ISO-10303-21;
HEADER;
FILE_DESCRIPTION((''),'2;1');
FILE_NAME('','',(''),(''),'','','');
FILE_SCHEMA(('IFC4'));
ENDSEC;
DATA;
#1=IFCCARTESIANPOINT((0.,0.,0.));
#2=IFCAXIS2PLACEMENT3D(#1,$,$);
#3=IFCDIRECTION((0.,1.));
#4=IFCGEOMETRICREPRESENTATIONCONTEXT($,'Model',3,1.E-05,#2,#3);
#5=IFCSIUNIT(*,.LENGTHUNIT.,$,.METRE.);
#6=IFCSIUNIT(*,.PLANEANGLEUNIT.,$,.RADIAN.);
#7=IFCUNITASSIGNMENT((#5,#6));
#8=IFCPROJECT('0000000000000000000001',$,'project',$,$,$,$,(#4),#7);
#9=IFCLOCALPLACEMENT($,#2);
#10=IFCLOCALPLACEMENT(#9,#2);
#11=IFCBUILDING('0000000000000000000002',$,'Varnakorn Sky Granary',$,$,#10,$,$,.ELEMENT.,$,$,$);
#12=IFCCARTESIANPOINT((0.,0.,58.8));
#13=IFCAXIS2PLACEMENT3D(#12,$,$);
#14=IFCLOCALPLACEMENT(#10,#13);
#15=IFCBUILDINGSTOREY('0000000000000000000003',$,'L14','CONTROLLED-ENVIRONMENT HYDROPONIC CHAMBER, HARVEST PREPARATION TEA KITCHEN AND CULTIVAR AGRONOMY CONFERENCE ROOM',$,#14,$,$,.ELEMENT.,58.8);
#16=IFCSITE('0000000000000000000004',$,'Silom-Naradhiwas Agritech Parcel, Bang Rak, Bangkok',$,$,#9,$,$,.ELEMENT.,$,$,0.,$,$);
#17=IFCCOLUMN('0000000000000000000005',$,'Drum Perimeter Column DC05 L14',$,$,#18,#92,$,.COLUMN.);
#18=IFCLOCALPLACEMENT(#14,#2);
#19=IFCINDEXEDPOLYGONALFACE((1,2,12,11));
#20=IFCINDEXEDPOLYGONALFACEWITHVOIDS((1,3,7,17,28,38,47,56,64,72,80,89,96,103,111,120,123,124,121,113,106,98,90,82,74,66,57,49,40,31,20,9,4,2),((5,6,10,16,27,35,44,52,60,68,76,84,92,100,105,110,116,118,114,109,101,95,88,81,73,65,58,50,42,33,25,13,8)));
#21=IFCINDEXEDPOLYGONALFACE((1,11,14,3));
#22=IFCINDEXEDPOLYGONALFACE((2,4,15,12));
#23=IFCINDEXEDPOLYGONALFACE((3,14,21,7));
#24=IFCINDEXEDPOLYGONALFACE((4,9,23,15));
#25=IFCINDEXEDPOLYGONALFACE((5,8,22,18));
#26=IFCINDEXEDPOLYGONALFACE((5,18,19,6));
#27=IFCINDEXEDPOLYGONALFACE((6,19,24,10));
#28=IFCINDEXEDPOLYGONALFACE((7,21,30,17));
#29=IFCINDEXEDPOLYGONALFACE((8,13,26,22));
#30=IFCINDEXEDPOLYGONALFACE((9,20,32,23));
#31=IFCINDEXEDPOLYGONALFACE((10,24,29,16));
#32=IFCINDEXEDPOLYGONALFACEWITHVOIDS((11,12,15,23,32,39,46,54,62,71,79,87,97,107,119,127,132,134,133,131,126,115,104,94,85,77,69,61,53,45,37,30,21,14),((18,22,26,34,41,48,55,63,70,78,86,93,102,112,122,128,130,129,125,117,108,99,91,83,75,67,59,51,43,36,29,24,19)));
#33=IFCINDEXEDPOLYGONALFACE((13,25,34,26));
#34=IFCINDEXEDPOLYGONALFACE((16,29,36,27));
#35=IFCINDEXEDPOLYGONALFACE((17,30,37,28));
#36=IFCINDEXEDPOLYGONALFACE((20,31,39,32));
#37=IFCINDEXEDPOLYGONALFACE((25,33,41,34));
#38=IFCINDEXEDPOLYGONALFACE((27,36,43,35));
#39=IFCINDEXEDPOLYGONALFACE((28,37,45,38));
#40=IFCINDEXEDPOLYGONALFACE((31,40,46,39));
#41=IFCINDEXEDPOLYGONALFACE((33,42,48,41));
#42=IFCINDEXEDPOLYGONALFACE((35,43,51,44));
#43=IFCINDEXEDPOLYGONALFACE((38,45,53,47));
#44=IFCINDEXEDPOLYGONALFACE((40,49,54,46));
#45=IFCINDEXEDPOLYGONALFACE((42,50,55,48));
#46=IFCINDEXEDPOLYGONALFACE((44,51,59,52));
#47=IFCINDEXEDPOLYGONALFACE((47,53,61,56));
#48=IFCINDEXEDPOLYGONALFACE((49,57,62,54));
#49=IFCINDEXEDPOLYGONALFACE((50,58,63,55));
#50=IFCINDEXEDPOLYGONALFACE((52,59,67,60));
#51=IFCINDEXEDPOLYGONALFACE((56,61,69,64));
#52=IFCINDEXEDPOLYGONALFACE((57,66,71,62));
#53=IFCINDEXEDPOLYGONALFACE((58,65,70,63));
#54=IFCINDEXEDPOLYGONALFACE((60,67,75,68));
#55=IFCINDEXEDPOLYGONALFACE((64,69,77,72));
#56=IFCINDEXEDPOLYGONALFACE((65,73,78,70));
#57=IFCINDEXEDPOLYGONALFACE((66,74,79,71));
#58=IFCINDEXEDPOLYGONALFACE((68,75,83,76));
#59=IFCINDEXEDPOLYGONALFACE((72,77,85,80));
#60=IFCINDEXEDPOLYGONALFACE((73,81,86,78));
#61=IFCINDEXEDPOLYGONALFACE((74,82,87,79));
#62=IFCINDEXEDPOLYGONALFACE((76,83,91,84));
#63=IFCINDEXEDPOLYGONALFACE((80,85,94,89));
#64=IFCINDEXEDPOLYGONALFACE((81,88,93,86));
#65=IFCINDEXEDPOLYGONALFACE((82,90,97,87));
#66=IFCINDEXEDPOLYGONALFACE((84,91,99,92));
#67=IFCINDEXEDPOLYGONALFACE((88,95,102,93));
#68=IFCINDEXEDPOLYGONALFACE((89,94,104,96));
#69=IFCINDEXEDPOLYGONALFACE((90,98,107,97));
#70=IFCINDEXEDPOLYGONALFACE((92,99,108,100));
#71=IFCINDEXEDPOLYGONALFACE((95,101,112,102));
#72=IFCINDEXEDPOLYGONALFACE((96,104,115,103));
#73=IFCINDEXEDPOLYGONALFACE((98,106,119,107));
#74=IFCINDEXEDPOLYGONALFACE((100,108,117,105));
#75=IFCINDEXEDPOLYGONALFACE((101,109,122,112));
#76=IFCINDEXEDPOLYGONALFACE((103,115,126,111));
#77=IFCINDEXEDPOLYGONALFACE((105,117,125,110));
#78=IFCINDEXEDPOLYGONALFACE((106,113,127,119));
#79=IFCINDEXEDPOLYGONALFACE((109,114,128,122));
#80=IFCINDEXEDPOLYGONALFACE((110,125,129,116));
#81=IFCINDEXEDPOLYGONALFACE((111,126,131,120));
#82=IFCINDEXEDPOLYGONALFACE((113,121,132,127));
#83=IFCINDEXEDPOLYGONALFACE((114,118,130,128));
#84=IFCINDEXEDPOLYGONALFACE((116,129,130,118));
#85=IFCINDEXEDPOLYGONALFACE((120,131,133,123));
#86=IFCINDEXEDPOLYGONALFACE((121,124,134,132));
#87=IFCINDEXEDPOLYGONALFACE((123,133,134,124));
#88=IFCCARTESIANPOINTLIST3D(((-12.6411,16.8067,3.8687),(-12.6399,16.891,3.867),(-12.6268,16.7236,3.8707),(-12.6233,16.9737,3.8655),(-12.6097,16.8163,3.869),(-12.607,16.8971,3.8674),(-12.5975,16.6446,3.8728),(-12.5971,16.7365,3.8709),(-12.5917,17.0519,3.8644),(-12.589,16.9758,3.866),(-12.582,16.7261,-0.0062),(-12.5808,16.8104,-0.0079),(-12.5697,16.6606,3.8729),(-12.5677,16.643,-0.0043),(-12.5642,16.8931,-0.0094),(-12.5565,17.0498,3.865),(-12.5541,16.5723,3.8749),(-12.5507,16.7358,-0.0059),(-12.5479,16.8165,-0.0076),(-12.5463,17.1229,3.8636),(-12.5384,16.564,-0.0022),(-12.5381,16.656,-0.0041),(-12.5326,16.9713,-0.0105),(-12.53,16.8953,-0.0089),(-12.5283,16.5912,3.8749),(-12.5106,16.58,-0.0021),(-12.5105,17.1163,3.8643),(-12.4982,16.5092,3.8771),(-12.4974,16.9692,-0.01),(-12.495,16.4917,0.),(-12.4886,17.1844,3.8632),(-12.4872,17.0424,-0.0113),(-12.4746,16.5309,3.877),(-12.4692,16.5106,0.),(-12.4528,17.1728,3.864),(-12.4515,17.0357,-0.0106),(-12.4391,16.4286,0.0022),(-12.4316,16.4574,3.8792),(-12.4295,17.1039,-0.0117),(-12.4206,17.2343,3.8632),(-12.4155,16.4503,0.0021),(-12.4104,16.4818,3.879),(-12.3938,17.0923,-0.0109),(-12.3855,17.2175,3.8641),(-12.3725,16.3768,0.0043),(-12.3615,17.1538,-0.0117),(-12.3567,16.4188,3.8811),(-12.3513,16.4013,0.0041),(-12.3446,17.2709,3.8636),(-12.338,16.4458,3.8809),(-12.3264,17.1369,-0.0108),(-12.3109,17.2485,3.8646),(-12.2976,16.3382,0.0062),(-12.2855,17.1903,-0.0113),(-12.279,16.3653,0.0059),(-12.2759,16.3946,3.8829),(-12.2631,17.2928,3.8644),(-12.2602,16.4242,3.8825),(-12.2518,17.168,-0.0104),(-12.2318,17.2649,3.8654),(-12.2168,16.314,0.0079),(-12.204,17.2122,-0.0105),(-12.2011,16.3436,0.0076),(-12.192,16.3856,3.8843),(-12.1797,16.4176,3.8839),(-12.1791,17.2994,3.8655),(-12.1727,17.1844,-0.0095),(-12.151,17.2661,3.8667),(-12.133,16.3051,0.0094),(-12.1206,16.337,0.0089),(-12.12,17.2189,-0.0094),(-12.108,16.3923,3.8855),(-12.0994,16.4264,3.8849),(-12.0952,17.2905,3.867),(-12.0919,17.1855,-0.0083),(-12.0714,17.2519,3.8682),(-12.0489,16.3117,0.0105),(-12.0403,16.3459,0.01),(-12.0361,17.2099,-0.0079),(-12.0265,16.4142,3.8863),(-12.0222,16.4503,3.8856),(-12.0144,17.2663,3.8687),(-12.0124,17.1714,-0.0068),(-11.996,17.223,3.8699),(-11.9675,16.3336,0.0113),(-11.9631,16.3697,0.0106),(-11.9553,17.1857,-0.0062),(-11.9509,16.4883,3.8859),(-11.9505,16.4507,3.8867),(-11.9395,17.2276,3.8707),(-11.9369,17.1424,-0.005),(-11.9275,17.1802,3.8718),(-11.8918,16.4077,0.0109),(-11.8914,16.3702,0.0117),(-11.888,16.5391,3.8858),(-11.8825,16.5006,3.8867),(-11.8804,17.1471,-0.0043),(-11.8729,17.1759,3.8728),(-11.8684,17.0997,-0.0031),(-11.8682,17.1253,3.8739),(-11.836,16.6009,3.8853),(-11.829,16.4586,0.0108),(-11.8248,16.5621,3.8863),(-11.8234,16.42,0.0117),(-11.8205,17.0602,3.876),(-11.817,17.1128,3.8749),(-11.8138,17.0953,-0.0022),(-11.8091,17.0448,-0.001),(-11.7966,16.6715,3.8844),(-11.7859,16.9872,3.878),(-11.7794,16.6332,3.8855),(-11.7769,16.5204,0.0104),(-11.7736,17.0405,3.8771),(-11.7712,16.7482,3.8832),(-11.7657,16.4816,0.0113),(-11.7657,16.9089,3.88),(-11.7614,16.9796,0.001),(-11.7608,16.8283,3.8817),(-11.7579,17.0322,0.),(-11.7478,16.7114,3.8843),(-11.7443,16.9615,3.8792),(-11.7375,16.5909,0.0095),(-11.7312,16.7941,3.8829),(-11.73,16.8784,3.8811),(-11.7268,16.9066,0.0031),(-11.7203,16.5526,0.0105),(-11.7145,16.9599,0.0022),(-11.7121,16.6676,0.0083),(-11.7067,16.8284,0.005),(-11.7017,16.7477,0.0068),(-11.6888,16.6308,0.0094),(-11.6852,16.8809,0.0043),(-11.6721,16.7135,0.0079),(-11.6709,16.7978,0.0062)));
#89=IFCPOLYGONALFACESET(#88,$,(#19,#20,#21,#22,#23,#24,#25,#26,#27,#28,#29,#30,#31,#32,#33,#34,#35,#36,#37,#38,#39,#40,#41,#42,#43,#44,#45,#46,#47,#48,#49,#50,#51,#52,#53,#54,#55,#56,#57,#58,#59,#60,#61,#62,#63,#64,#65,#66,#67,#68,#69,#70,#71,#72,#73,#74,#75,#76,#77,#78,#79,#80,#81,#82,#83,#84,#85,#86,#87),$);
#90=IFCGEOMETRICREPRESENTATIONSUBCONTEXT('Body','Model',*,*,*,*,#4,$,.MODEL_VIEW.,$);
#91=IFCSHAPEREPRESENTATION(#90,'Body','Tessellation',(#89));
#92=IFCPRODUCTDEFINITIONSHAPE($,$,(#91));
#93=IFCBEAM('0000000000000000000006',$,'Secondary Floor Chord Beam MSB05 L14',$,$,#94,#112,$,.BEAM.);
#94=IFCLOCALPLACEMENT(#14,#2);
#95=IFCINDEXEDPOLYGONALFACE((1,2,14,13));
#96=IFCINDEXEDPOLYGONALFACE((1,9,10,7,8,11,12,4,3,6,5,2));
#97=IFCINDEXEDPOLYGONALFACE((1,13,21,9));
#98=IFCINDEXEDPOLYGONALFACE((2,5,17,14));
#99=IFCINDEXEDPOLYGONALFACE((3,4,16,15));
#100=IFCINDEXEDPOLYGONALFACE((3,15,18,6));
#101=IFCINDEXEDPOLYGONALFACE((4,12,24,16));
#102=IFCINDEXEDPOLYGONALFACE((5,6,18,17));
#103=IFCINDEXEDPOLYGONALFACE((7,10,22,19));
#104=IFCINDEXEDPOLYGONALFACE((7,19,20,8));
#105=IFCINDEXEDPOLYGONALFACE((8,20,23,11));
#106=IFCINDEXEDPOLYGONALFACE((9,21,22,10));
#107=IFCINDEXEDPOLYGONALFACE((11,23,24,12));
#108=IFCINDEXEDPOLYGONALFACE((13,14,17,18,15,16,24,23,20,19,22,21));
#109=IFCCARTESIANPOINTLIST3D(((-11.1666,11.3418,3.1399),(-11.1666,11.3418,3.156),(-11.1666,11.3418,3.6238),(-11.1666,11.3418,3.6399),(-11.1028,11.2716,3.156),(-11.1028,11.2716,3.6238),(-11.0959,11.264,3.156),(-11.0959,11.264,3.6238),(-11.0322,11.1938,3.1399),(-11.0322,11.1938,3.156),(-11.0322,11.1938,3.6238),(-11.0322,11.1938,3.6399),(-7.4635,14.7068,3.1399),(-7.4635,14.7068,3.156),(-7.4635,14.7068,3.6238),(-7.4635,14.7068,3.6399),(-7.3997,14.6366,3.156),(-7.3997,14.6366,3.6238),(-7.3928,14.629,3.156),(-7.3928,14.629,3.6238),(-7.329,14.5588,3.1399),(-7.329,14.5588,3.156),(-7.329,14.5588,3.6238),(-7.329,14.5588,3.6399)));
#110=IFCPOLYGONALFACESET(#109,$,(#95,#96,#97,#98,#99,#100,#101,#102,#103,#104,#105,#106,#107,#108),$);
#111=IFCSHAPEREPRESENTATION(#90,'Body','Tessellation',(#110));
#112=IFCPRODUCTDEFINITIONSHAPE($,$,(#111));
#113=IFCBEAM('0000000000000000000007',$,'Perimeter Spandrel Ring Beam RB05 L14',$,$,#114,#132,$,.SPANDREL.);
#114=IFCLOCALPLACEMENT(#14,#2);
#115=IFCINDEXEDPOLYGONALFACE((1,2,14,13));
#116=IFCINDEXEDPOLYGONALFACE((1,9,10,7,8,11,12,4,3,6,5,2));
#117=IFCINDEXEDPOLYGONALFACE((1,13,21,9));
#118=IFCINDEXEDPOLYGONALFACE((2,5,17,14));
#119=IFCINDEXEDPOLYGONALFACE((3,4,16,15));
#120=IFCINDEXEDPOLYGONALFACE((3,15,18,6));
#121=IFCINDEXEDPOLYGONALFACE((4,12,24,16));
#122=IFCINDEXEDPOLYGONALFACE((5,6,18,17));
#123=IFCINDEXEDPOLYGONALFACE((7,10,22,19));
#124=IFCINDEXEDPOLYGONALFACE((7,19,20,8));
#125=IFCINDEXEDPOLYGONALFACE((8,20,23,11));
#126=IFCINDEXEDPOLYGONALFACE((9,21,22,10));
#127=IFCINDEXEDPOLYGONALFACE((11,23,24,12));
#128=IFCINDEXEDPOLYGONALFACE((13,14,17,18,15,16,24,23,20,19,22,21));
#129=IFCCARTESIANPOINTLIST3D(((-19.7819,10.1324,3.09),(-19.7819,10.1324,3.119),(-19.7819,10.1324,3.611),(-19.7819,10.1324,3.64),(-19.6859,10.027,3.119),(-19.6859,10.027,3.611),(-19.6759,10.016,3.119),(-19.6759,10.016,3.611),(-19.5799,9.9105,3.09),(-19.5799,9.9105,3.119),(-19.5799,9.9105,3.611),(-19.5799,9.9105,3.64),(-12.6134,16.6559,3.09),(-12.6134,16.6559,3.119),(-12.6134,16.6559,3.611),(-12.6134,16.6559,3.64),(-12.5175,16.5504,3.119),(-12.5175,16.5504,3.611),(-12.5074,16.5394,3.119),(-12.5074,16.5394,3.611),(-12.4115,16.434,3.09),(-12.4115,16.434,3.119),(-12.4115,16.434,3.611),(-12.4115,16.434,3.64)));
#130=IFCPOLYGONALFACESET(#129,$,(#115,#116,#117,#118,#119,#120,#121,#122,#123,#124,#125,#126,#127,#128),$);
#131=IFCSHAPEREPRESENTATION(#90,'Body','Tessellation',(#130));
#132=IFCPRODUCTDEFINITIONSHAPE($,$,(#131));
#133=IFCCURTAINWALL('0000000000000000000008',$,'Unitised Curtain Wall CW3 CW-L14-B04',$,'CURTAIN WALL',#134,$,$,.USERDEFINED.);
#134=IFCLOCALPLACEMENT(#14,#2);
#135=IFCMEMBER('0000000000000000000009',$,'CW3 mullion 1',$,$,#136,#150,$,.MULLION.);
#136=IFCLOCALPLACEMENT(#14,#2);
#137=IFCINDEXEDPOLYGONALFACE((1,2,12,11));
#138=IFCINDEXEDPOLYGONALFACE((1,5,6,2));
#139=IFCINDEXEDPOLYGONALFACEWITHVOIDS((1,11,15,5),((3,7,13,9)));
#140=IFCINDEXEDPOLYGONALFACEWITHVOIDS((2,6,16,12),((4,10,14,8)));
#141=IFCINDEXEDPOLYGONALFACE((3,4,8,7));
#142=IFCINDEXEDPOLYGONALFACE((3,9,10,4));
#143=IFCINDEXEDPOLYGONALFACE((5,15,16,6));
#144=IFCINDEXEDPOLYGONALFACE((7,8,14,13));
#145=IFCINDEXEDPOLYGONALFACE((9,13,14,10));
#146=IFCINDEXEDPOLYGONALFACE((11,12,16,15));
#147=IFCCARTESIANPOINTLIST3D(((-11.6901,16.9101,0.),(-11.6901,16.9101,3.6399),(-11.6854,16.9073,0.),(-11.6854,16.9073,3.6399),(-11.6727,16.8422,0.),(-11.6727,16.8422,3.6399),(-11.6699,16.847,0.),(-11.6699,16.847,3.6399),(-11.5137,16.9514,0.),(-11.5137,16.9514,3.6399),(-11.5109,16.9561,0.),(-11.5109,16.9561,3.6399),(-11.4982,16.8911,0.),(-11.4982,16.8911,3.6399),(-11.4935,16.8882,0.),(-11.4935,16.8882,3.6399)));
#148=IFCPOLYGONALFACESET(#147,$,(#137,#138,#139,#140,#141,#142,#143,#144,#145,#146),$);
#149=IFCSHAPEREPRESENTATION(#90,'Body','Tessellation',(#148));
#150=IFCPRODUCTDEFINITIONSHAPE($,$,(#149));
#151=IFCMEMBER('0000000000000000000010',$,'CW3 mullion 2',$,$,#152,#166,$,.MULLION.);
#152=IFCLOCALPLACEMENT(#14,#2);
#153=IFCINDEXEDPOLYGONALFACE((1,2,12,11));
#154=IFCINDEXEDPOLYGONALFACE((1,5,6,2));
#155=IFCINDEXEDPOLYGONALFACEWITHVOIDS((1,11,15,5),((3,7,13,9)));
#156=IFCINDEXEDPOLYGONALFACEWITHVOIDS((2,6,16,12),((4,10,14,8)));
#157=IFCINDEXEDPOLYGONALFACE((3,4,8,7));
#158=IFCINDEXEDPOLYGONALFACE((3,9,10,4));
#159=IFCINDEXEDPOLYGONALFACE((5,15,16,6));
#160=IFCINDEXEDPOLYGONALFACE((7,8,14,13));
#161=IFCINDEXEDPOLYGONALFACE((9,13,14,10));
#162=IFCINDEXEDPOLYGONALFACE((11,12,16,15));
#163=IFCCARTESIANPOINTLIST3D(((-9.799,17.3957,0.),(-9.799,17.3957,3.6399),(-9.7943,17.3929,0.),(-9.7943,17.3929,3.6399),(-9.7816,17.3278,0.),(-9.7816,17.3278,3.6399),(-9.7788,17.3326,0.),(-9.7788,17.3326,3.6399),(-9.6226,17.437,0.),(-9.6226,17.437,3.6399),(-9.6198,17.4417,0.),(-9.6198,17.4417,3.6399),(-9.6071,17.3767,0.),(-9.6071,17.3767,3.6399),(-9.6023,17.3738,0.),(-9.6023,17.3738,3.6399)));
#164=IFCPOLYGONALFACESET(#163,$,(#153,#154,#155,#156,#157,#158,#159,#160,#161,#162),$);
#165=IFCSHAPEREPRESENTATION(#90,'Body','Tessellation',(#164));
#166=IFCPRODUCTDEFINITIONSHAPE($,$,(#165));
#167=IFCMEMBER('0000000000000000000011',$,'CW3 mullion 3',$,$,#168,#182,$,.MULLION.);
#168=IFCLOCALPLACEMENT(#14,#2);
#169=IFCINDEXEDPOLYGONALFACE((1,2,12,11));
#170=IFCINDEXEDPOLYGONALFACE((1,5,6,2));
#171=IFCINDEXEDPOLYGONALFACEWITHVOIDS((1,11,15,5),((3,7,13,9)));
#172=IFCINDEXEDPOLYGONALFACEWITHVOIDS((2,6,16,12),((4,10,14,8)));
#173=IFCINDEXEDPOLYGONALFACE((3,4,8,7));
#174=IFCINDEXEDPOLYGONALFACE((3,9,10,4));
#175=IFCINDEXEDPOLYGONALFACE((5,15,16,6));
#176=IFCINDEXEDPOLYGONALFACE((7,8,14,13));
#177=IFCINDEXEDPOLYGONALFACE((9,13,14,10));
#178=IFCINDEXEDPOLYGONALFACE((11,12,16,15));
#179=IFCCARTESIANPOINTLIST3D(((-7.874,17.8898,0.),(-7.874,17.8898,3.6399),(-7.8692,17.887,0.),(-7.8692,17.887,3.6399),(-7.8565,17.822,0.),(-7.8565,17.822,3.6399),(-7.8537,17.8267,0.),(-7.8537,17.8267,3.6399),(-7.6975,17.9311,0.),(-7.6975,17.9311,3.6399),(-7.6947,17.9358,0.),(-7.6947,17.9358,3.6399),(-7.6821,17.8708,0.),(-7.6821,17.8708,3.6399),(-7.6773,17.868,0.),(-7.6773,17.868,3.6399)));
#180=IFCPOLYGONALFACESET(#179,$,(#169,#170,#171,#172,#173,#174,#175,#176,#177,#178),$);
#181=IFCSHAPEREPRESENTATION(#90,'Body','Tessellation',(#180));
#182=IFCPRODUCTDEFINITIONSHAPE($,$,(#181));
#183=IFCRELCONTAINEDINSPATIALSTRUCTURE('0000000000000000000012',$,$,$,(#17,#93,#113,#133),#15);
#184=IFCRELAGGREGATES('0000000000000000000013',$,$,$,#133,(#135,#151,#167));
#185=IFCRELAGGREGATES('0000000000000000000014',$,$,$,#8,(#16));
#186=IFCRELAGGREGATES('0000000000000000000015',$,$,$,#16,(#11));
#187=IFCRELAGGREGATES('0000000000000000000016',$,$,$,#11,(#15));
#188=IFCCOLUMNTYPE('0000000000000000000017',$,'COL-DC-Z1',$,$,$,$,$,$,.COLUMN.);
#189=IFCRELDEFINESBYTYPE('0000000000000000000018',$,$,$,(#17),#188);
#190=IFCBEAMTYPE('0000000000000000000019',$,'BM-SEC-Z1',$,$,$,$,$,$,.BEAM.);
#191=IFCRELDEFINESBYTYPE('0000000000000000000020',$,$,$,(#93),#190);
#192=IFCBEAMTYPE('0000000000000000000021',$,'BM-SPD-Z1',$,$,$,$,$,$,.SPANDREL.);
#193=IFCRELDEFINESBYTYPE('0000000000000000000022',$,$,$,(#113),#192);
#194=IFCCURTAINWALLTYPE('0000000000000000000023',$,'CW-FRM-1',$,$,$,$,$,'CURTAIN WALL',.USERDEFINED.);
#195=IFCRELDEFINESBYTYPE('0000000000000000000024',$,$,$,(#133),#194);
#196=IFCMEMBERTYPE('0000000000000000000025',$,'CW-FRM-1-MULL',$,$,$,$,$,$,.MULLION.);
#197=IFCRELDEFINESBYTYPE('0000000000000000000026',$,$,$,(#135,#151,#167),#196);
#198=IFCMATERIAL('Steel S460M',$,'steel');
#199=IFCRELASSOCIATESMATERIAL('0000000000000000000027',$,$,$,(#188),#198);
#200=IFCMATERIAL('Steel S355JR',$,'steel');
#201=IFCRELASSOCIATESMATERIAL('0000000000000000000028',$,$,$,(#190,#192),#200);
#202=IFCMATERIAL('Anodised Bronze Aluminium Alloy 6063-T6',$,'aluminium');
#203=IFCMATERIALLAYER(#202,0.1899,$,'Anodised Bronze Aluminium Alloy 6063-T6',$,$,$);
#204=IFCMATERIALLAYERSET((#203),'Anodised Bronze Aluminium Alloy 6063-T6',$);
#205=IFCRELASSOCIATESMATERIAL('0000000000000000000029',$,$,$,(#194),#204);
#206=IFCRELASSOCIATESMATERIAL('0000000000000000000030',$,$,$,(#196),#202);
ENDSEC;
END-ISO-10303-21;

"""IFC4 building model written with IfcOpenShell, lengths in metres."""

from ifc_helpers import new_model, si_unit, direction, frame, origin, origin_2d, place, context, subcontext, project, spatial, hollow_rectangle, hollow_circle, i_section, extrude, material, layer, layer_set, material_profile, profile_set, type_object, element, aggregate, save


model = new_model("IFC4")

# Units and contexts
model_context = context("Model", 3, precision=1e-05, world=origin(), true_north=direction((0.0, 1.0)))
body_context = subcontext(model_context, "Body", "Model", "MODEL_VIEW")
ifc_project = project(units=[si_unit("LENGTHUNIT", "METRE"), si_unit("PLANEANGLEUNIT", "RADIAN")], contexts=[model_context])

# Site, building, storey
site_placement = place(None, origin())
site = spatial("IfcSite", under=ifc_project, at=site_placement, Name="Silom-Naradhiwas Agritech Parcel, Bang Rak, Bangkok", CompositionType="ELEMENT", RefElevation=0.0)
building_placement = place(site_placement, origin())
building = spatial("IfcBuilding", under=site, at=building_placement, Name="Varnakorn Sky Granary", CompositionType="ELEMENT")
storey_placement = place(building_placement, frame((0.0, 0.0, 58.8)))
storey = spatial("IfcBuildingStorey", under=building, at=storey_placement, Name="L14", Description="CONTROLLED-ENVIRONMENT HYDROPONIC CHAMBER, HARVEST PREPARATION TEA KITCHEN AND CULTIVAR AGRONOMY CONFERENCE ROOM", CompositionType="ELEMENT", Elevation=58.8)

# Column
ifc_material_1 = material(Name="Steel S460M", Category="steel")
ifc_material_profile_1 = material_profile(ifc_material_1, hollow_circle(Radius=0.457, WallThickness=0.032, at=origin_2d()), Name="CHS 914x32")
ifc_profile_set_1 = profile_set([ifc_material_profile_1], Name="Steel S460M")
column_type = type_object("IfcColumnType", Name="COL-DC-Z1", PredefinedType="COLUMN", material=ifc_profile_set_1)
column_placement = place(storey_placement, frame((-12.1265, 16.762, 0.0), z_axis=(-0.015242, 0.020784, 0.999668), x_axis=(-0.806405, -0.591364, 0.0)))
element("IfcColumn", 1, at=column_placement, inside=storey, type_object=column_type, Name="Drum Perimeter Column DC05 L14", PredefinedType="COLUMN", context=body_context, shape_type="SweptSolid", body=[
    extrude(hollow_circle(Radius=0.457, WallThickness=0.032, at=origin_2d()), origin(), (0.0, 0.0, 1.0), 3.8762),
])

# Beams
ifc_material_2 = material(Name="Steel S355JR", Category="steel")
ifc_material_profile_2 = material_profile(ifc_material_2, i_section(OverallWidth=0.2, OverallDepth=0.5, WebThickness=0.0103, FlangeThickness=0.0161, at=origin_2d()), Name="IPE 500")
ifc_profile_set_2 = profile_set([ifc_material_profile_2], Name="Steel S355JR")
beam_type_1 = type_object("IfcBeamType", Name="BM-SEC-Z1", PredefinedType="BEAM", material=ifc_profile_set_2)
beam_1_placement = place(storey_placement, frame((-7.3962, 14.6328, 3.3899), z_axis=(-0.740088, -0.67251, 0.0), x_axis=(0.67251, -0.740088, 0.0)))
element("IfcBeam", 2, at=beam_1_placement, inside=storey, type_object=beam_type_1, Name="Secondary Floor Chord Beam MSB05 L14", PredefinedType="BEAM", context=body_context, shape_type="SweptSolid", body=[
    extrude(i_section(OverallWidth=0.2, OverallDepth=0.5, WebThickness=0.0103, FlangeThickness=0.0161, at=origin_2d()), origin(), (0.0, 0.0, 1.0), 5.0037),
])
ifc_material_profile_3 = material_profile(ifc_material_2, i_section(OverallWidth=0.3, OverallDepth=0.55, WebThickness=0.0149, FlangeThickness=0.0291, at=origin_2d()), Name="HE 550 B")
ifc_profile_set_3 = profile_set([ifc_material_profile_3], Name="Steel S355JR")
beam_type_2 = type_object("IfcBeamType", Name="BM-SPD-Z1", PredefinedType="SPANDREL", material=ifc_profile_set_3)
beam_2_placement = place(storey_placement, frame((-12.5125, 16.5449, 3.365), z_axis=(-0.739598, -0.673049, 0.0), x_axis=(0.673049, -0.739598, 0.0)))
element("IfcBeam", 3, at=beam_2_placement, inside=storey, type_object=beam_type_2, Name="Perimeter Spandrel Ring Beam RB05 L14", PredefinedType="SPANDREL", context=body_context, shape_type="SweptSolid", body=[
    extrude(i_section(OverallWidth=0.3, OverallDepth=0.55, WebThickness=0.0149, FlangeThickness=0.0291, at=origin_2d()), origin(), (0.0, 0.0, 1.0), 9.6924),
])

# Curtain wall, members
ifc_material_3 = material(Name="Anodised Bronze Aluminium Alloy 6063-T6", Category="aluminium")
ifc_layer_1 = layer(ifc_material_3, 0.1899, Name="Anodised Bronze Aluminium Alloy 6063-T6")
ifc_layer_set_1 = layer_set([ifc_layer_1], Name="Anodised Bronze Aluminium Alloy 6063-T6")
curtain_wall_type = type_object("IfcCurtainWallType", Name="CW-FRM-1", ElementType="CURTAIN WALL", PredefinedType="USERDEFINED", material=ifc_layer_set_1)
curtain_wall_1_placement = place(storey_placement, origin())
curtain_wall_1 = element("IfcCurtainWall", 4, at=curtain_wall_1_placement, inside=storey, type_object=curtain_wall_type, Name="Unitised Curtain Wall CW3 CW-L14-B04", ObjectType="CURTAIN WALL", PredefinedType="USERDEFINED")
ifc_material_profile_4 = material_profile(ifc_material_3, hollow_rectangle(XDim=0.0701, YDim=0.1851, WallThickness=0.0039, at=origin_2d()), Name="ALU MULL 70x185")
ifc_profile_set_4 = profile_set([ifc_material_profile_4], Name="Anodised Bronze Aluminium Alloy 6063-T6")
member_type_1 = type_object("IfcMemberType", Name="CW-FRM-1-MULL", PredefinedType="MULLION", material=ifc_profile_set_4)
member_1_placement = place(storey_placement, frame((-11.5918, 16.8992, 0.0), z_axis=(0.0, 0.0, 1.0), x_axis=(-0.248656, 0.968592, 0.0)))
member_1 = element("IfcMember", 5, at=member_1_placement, type_object=member_type_1, Name="CW3 mullion 1", PredefinedType="MULLION", context=body_context, shape_type="SweptSolid", body=[
    extrude(hollow_rectangle(XDim=0.0701, YDim=0.1851, WallThickness=0.0039, at=origin_2d()), origin(), (0.0, 0.0, 1.0), 3.6399),
])
member_2_placement = place(storey_placement, frame((-9.7007, 17.3848, 0.0), z_axis=(0.0, 0.0, 1.0), x_axis=(-0.248656, 0.968592, 0.0)))
member_2 = element("IfcMember", 6, at=member_2_placement, type_object=member_type_1, Name="CW3 mullion 2", PredefinedType="MULLION", context=body_context, shape_type="SweptSolid", body=[
    extrude(hollow_rectangle(XDim=0.0701, YDim=0.1851, WallThickness=0.0039, at=origin_2d()), origin(), (0.0, 0.0, 1.0), 3.6399),
])
member_3_placement = place(storey_placement, frame((-7.7756, 17.8789, 0.0), z_axis=(0.0, 0.0, 1.0), x_axis=(-0.248656, 0.968592, 0.0)))
member_3 = element("IfcMember", 7, at=member_3_placement, type_object=member_type_1, Name="CW3 mullion 3", PredefinedType="MULLION", context=body_context, shape_type="SweptSolid", body=[
    extrude(hollow_rectangle(XDim=0.0701, YDim=0.1851, WallThickness=0.0039, at=origin_2d()), origin(), (0.0, 0.0, 1.0), 3.6399),
])

aggregate(curtain_wall_1, [member_1, member_2, member_3])

save(model, "model.ifc")
